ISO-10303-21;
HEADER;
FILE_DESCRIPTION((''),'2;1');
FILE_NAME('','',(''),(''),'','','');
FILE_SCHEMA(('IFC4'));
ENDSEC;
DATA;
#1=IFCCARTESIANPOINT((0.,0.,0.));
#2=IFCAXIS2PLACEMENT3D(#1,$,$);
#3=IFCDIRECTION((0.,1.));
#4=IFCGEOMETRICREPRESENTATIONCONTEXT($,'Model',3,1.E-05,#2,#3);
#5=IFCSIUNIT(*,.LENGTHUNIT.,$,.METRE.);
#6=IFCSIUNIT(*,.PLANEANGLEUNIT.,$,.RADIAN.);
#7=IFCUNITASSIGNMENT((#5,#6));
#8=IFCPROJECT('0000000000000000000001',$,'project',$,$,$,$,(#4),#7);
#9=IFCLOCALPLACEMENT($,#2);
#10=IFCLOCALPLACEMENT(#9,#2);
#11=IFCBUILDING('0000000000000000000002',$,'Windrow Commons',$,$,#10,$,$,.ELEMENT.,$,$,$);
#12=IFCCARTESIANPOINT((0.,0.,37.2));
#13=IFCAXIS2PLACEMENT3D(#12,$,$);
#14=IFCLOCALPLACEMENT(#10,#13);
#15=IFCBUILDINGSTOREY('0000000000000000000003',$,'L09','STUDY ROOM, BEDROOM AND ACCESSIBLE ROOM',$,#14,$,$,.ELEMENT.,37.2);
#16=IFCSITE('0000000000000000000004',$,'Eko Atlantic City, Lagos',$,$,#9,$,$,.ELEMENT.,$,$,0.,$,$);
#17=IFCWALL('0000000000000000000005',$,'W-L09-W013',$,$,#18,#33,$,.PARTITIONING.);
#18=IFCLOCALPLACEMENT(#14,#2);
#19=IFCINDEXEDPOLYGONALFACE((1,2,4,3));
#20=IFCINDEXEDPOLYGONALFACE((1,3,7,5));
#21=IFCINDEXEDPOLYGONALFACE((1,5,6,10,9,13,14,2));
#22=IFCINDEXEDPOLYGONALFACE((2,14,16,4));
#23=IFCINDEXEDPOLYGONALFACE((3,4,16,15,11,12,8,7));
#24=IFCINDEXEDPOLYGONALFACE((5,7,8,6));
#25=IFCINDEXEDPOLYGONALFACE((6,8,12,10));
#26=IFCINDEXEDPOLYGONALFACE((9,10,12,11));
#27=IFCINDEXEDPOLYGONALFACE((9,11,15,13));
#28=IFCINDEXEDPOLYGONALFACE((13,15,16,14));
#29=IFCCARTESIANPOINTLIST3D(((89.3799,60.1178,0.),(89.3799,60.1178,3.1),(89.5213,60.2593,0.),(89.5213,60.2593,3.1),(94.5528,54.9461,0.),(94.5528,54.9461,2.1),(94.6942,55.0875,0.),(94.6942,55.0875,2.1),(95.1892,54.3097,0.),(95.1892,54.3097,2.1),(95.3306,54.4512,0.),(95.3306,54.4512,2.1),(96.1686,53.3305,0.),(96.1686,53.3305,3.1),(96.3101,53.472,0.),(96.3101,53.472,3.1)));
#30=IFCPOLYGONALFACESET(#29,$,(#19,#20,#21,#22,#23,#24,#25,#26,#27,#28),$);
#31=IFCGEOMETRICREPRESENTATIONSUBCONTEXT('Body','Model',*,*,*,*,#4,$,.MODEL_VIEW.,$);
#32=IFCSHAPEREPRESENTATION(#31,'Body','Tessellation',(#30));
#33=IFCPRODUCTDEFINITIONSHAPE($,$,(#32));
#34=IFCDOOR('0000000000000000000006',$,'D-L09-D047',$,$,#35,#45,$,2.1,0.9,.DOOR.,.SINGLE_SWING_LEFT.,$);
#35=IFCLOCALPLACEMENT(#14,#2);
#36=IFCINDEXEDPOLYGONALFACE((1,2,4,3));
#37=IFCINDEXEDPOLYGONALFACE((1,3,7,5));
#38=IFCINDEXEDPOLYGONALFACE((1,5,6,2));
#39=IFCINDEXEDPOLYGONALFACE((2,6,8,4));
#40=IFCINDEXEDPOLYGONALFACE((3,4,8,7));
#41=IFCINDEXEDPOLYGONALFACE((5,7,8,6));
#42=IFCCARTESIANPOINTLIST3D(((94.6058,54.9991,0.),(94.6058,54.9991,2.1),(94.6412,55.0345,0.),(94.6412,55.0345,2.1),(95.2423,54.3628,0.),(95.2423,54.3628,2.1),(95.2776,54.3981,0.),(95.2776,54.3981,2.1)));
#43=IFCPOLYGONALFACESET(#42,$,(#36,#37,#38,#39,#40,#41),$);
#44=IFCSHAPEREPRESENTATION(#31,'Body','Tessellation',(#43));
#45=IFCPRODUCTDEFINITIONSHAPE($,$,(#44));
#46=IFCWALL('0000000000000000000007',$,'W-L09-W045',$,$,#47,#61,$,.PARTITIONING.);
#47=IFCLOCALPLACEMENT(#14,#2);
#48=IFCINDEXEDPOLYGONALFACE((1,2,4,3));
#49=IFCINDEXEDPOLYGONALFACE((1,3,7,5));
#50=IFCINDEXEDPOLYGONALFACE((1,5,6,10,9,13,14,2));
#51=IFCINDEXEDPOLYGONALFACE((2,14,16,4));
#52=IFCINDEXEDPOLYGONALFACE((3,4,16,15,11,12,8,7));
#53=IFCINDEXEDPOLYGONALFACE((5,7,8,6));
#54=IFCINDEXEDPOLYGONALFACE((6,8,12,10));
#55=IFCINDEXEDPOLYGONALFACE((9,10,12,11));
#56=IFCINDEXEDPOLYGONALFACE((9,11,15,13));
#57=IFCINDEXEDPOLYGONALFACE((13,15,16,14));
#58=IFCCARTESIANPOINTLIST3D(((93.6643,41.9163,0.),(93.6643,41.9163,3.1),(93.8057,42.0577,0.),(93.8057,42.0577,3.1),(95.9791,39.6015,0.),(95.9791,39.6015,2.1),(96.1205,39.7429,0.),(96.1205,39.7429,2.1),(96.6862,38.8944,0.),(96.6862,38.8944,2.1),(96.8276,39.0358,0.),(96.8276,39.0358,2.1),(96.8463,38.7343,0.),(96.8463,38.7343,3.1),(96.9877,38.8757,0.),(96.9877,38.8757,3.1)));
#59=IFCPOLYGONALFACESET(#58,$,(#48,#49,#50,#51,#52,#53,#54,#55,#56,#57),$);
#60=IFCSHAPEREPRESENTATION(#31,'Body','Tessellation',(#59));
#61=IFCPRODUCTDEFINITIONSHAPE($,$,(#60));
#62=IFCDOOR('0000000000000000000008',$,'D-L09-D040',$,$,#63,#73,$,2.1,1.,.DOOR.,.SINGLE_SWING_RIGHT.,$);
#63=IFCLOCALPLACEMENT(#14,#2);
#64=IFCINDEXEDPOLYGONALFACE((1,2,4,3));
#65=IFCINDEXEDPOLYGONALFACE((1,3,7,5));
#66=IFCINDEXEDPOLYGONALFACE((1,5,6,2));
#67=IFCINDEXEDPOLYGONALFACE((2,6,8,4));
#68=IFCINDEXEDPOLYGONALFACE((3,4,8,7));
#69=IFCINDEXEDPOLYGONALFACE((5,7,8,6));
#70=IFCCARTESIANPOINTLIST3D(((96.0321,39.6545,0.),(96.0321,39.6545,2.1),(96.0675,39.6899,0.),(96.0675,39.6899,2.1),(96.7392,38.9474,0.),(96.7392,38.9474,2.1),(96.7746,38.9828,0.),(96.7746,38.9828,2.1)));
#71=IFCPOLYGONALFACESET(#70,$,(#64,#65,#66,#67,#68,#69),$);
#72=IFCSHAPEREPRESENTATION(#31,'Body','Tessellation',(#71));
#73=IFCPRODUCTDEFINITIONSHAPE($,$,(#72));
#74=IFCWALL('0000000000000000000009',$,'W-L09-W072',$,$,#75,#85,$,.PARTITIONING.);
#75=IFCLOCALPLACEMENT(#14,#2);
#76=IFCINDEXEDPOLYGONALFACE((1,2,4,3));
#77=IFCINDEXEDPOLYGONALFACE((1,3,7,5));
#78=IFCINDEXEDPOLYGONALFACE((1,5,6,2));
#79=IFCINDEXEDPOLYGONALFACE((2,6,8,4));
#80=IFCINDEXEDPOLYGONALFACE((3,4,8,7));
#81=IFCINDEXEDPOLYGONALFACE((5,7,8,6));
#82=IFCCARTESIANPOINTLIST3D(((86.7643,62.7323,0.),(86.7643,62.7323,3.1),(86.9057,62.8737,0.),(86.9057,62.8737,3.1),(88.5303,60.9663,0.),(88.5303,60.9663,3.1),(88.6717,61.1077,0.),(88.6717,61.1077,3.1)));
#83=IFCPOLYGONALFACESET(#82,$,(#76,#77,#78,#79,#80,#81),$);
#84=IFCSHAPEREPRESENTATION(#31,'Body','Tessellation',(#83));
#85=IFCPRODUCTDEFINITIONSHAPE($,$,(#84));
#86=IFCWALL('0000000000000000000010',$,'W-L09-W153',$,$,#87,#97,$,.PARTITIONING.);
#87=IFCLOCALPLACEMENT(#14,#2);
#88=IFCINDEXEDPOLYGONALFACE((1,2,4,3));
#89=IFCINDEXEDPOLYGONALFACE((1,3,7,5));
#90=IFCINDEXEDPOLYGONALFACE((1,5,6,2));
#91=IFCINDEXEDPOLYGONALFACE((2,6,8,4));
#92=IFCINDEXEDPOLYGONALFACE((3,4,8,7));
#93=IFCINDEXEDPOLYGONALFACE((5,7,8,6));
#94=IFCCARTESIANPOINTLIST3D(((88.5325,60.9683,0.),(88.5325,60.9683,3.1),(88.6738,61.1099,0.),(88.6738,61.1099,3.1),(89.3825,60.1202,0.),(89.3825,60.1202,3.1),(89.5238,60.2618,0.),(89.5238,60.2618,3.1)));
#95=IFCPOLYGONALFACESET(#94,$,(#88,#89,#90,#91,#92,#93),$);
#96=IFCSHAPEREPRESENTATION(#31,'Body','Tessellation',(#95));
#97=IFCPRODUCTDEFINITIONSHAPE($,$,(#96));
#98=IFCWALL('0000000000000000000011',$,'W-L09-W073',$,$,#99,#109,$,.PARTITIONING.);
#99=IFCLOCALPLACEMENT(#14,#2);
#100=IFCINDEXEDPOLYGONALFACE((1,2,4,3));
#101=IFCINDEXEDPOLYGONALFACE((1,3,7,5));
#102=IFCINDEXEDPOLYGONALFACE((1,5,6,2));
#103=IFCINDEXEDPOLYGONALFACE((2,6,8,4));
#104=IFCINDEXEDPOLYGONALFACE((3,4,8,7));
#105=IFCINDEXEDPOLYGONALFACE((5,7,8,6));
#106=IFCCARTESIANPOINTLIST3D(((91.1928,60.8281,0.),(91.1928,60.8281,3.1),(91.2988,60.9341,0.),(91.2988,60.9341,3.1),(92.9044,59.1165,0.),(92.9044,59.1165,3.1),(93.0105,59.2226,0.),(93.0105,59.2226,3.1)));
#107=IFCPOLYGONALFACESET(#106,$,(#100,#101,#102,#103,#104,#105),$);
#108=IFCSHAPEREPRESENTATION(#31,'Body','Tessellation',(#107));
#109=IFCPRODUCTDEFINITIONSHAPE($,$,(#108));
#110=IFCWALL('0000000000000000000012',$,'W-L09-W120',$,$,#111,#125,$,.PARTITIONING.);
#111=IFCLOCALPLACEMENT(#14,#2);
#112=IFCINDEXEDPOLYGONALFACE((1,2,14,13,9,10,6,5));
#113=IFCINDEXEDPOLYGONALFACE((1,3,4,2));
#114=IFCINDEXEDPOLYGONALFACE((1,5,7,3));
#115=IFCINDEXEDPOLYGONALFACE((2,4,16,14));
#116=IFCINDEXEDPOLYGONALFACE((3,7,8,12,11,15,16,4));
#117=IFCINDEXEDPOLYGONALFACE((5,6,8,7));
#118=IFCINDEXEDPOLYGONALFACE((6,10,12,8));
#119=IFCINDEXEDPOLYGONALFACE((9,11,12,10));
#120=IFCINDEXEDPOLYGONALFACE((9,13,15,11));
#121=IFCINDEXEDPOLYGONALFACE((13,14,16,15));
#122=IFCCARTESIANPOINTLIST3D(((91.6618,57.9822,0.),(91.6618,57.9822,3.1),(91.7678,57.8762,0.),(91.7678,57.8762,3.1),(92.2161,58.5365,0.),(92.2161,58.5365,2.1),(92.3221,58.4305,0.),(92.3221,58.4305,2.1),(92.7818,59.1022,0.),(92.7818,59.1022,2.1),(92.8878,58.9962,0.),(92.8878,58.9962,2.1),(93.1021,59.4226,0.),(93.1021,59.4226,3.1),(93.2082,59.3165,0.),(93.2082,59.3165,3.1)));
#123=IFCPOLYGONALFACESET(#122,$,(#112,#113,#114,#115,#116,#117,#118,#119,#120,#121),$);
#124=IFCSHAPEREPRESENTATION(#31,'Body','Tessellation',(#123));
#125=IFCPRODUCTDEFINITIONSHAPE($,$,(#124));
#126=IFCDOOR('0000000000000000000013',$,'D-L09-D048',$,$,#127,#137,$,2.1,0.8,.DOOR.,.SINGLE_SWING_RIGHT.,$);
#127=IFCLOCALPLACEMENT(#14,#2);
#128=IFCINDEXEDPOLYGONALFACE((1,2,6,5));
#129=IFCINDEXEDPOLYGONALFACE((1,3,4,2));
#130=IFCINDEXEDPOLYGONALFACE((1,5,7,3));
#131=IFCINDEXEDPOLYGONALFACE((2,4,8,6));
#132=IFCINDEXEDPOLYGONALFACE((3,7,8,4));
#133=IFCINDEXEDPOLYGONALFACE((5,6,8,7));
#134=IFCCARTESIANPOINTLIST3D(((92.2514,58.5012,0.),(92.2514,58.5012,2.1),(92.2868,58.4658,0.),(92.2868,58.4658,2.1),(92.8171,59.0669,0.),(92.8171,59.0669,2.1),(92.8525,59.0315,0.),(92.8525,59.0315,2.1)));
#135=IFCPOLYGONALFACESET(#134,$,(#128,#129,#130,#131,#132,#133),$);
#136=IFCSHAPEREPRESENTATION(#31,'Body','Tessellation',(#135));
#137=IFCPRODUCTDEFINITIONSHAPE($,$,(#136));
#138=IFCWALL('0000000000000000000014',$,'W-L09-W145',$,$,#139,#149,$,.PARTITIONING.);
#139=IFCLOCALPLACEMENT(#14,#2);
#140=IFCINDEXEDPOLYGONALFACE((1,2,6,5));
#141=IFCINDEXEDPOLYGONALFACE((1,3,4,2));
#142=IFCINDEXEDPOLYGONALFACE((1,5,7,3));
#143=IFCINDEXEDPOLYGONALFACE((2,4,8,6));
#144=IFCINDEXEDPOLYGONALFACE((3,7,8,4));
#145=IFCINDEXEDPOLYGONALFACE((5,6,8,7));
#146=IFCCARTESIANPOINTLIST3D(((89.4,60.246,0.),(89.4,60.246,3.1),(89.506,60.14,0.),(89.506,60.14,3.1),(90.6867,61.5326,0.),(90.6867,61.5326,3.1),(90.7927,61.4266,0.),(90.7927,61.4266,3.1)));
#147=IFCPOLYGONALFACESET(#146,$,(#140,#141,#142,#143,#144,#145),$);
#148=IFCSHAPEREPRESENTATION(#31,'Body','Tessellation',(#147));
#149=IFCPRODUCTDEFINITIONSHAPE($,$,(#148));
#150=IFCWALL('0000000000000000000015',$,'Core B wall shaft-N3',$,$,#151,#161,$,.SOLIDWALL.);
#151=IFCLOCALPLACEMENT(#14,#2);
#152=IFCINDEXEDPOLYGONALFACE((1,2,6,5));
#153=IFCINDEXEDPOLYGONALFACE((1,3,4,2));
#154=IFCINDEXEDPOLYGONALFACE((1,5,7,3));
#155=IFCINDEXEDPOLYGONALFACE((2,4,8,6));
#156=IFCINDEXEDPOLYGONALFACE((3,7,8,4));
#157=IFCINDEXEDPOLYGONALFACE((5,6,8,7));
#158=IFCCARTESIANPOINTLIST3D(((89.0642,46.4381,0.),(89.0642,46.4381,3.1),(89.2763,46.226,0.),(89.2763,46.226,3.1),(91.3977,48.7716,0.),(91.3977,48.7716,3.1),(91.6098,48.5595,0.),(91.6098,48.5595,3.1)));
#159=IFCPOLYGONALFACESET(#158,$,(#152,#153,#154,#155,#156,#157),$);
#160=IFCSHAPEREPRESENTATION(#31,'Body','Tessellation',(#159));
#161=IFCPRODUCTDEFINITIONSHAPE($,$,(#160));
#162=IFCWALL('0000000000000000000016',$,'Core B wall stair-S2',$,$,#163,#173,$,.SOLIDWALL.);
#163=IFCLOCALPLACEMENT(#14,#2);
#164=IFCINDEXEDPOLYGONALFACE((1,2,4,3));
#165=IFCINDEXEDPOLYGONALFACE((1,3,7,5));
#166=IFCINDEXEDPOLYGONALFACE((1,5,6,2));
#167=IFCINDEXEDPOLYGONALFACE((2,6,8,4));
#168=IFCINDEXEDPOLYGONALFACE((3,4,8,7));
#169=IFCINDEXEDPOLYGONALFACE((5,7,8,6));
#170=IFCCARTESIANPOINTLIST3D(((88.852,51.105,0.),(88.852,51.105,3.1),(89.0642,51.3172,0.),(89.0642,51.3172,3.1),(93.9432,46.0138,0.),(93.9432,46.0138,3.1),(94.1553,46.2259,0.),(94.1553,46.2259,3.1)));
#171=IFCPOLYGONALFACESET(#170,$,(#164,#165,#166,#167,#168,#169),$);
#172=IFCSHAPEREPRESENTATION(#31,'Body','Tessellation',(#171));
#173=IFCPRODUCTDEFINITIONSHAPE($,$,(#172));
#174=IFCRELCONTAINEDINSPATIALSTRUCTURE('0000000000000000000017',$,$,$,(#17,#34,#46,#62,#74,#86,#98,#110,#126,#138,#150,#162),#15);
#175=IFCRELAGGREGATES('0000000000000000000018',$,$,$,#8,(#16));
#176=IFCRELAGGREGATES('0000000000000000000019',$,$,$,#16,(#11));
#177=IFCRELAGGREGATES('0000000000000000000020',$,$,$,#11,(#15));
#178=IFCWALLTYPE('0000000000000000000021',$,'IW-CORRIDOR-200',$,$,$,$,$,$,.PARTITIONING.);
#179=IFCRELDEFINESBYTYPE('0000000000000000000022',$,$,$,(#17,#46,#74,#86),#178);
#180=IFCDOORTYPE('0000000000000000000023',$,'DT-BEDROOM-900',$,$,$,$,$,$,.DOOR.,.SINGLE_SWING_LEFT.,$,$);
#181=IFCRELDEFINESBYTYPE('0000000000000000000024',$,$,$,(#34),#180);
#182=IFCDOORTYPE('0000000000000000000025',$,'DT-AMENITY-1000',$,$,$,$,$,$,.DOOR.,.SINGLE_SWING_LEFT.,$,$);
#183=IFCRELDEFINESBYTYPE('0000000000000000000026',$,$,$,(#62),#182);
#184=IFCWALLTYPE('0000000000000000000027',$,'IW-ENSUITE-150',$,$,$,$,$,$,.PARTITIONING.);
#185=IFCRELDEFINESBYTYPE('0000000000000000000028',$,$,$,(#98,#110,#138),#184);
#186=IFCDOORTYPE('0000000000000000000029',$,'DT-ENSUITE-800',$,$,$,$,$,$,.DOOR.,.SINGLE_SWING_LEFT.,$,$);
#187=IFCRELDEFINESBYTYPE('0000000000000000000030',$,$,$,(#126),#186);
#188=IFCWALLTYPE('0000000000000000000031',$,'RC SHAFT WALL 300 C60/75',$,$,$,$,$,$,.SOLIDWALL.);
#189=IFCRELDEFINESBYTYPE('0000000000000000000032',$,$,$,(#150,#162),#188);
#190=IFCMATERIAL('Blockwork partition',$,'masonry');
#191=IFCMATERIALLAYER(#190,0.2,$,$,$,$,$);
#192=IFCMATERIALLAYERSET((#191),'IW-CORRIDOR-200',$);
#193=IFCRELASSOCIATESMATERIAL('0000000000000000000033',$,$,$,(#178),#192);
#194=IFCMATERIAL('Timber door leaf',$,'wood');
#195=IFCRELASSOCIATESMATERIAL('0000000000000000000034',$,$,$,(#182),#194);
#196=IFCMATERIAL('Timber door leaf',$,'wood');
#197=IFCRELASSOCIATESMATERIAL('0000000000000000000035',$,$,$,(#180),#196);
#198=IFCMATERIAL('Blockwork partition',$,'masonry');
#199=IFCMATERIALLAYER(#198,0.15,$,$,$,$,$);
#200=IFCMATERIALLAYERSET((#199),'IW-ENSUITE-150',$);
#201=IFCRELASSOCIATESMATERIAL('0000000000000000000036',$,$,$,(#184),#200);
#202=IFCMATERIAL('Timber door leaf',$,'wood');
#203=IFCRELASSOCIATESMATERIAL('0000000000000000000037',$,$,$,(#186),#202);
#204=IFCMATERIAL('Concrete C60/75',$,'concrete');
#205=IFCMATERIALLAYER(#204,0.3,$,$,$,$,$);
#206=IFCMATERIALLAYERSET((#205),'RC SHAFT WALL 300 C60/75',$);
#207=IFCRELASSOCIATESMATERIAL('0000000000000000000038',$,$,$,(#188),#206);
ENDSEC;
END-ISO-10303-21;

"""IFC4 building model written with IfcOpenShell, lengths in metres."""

from ifc_helpers import new_model, si_unit, direction, frame, frame_2d, origin, place, context, subcontext, project, spatial, rectangle, extrude, material, layer, layer_set, type_object, element, fill, save


model = new_model("IFC4")

# Units and contexts
model_context = context("Model", 3, precision=1e-05, world=origin(), true_north=direction((0.0, 1.0)))
body_context = subcontext(model_context, "Body", "Model", "MODEL_VIEW")
ifc_project = project(units=[si_unit("LENGTHUNIT", "METRE"), si_unit("PLANEANGLEUNIT", "RADIAN")], contexts=[model_context])

# Site, building, storey
site_placement = place(None, origin())
site = spatial("IfcSite", under=ifc_project, at=site_placement, Name="Eko Atlantic City, Lagos", CompositionType="ELEMENT", RefElevation=0.0)
building_placement = place(site_placement, origin())
building = spatial("IfcBuilding", under=site, at=building_placement, Name="Windrow Commons", CompositionType="ELEMENT")
storey_placement = place(building_placement, frame((0.0, 0.0, 37.2)))
storey = spatial("IfcBuildingStorey", under=building, at=storey_placement, Name="L09", Description="STUDY ROOM, BEDROOM AND ACCESSIBLE ROOM", CompositionType="ELEMENT", Elevation=37.2)

# Walls, openings, doors
ifc_material_1 = material(Name="Blockwork partition", Category="masonry")
ifc_layer_1 = layer(ifc_material_1, 0.2)
ifc_layer_set_1 = layer_set([ifc_layer_1], Name="IW-CORRIDOR-200")
wall_type_1 = type_object("IfcWallType", Name="IW-CORRIDOR-200", PredefinedType="PARTITIONING", material=ifc_layer_set_1)
ifc_material_2 = material(Name="Timber door leaf", Category="wood")
door_type_1 = type_object("IfcDoorType", Name="DT-AMENITY-1000", OperationType="SINGLE_SWING_LEFT", PredefinedType="DOOR", material=ifc_material_2)
wall_1_placement = place(storey_placement, frame((89.4506, 60.1886, 0.0), z_axis=(0.0, 0.0, 1.0), x_axis=(0.70718, -0.707034, 0.0)))
wall_1 = element("IfcWall", 1, at=wall_1_placement, inside=storey, type_object=wall_type_1, Name="W-L09-W013", PredefinedType="PARTITIONING", context=body_context, shape_type="SweptSolid", body=[
    extrude(rectangle(XDim=9.5997, YDim=0.2, at=frame_2d((4.7999, 0.0))), origin(), (0.0, 0.0, 1.0), 3.1),
])
opening_1_placement = place(wall_1_placement, frame((7.3148, 0.0, 0.0)))
opening_1 = element("IfcOpeningElement", 2, at=opening_1_placement, cuts=wall_1, PredefinedType="OPENING", context=body_context, shape_type="SweptSolid", body=[
    extrude(rectangle(XDim=0.9, YDim=2.1, at=frame_2d((0.45, 1.05))), frame((0.0, 0.11, 0.0), z_axis=(0.0, -1.0, 0.0), x_axis=(1.0, 0.0, 0.0)), (0.0, 0.0, 1.0), 0.22),
])
ifc_material_3 = material(Name="Timber door leaf", Category="wood")
door_type_2 = type_object("IfcDoorType", Name="DT-BEDROOM-900", OperationType="SINGLE_SWING_LEFT", PredefinedType="DOOR", material=ifc_material_3)
door_1_placement = place(opening_1_placement, origin())
door_1 = element("IfcDoor", 3, at=door_1_placement, inside=storey, type_object=door_type_2, Name="D-L09-D047", OperationType="SINGLE_SWING_LEFT", OverallHeight=2.1, OverallWidth=0.9, PredefinedType="DOOR", context=body_context, shape_type="SweptSolid", body=[
    extrude(rectangle(XDim=0.9, YDim=2.1, at=frame_2d((0.45, 1.05))), frame((0.0, 0.025, 0.0), z_axis=(0.0, -1.0, 0.0), x_axis=(1.0, 0.0, 0.0)), (0.0, 0.0, 1.0), 0.05),
])
fill(opening_1, door_1)
wall_2_placement = place(storey_placement, frame((93.735, 41.987, 0.0), z_axis=(0.0, 0.0, 1.0), x_axis=(0.707107, -0.707107, 0.0)))
wall_2 = element("IfcWall", 4, at=wall_2_placement, inside=storey, type_object=wall_type_1, Name="W-L09-W045", PredefinedType="PARTITIONING", context=body_context, shape_type="SweptSolid", body=[
    extrude(rectangle(XDim=4.5, YDim=0.2, at=frame_2d((2.25, 0.0))), origin(), (0.0, 0.0, 1.0), 3.1),
])
opening_2_placement = place(wall_2_placement, frame((3.2736, 0.0, 0.0)))
opening_2 = element("IfcOpeningElement", 5, at=opening_2_placement, cuts=wall_2, PredefinedType="OPENING", context=body_context, shape_type="SweptSolid", body=[
    extrude(rectangle(XDim=1.0, YDim=2.1, at=frame_2d((0.5, 1.05))), frame((0.0, 0.11, 0.0), z_axis=(0.0, -1.0, 0.0), x_axis=(1.0, 0.0, 0.0)), (0.0, 0.0, 1.0), 0.22),
])
door_2_placement = place(opening_2_placement, origin())
door_2 = element("IfcDoor", 6, at=door_2_placement, inside=storey, type_object=door_type_1, Name="D-L09-D040", OperationType="SINGLE_SWING_RIGHT", OverallHeight=2.1, OverallWidth=1.0, PredefinedType="DOOR", context=body_context, shape_type="SweptSolid", body=[
    extrude(rectangle(XDim=1.0, YDim=2.1, at=frame_2d((0.5, 1.05))), frame((0.0, 0.025, 0.0), z_axis=(0.0, -1.0, 0.0), x_axis=(1.0, 0.0, 0.0)), (0.0, 0.0, 1.0), 0.05),
])
fill(opening_2, door_2)

# Walls
wall_3_placement = place(storey_placement, frame((86.835, 62.803, 0.0), z_axis=(0.0, 0.0, 1.0), x_axis=(0.707107, -0.707107, 0.0)))
element("IfcWall", 7, at=wall_3_placement, inside=storey, type_object=wall_type_1, Name="W-L09-W072", PredefinedType="PARTITIONING", context=body_context, shape_type="SweptSolid", body=[
    extrude(rectangle(XDim=2.4975, YDim=0.2, at=frame_2d((1.2488, 0.0))), origin(), (0.0, 0.0, 1.0), 3.1),
])
wall_4_placement = place(storey_placement, frame((88.6031, 61.0391, 0.0), z_axis=(0.0, 0.0, 1.0), x_axis=(0.707939, -0.706273, 0.0)))
element("IfcWall", 8, at=wall_4_placement, inside=storey, type_object=wall_type_1, Name="W-L09-W153", PredefinedType="PARTITIONING", context=body_context, shape_type="SweptSolid", body=[
    extrude(rectangle(XDim=1.2007, YDim=0.2, at=frame_2d((0.6004, 0.0))), origin(), (0.0, 0.0, 1.0), 3.1),
])
ifc_material_4 = material(Name="Blockwork partition", Category="masonry")
ifc_layer_2 = layer(ifc_material_4, 0.15)
ifc_layer_set_2 = layer_set([ifc_layer_2], Name="IW-ENSUITE-150")
wall_type_2 = type_object("IfcWallType", Name="IW-ENSUITE-150", PredefinedType="PARTITIONING", material=ifc_layer_set_2)
wall_5_placement = place(storey_placement, frame((91.2458, 60.8811, 0.0), z_axis=(0.0, 0.0, 1.0), x_axis=(0.707127, -0.707086, 0.0)))
element("IfcWall", 9, at=wall_5_placement, inside=storey, type_object=wall_type_2, Name="W-L09-W073", PredefinedType="PARTITIONING", context=body_context, shape_type="SweptSolid", body=[
    extrude(rectangle(XDim=2.4206, YDim=0.15, at=frame_2d((1.2103, 0.0))), origin(), (0.0, 0.0, 1.0), 3.1),
])

# Wall, opening, door
wall_6_placement = place(storey_placement, frame((91.7148, 57.9292, 0.0), z_axis=(0.0, 0.0, 1.0), x_axis=(0.707107, 0.707107, 0.0)))
wall_6 = element("IfcWall", 10, at=wall_6_placement, inside=storey, type_object=wall_type_2, Name="W-L09-W120", PredefinedType="PARTITIONING", context=body_context, shape_type="SweptSolid", body=[
    extrude(rectangle(XDim=2.037, YDim=0.15, at=frame_2d((1.0185, 0.0))), origin(), (0.0, 0.0, 1.0), 3.1),
])
opening_3_placement = place(wall_6_placement, frame((0.7839, 0.0, 0.0)))
opening_3 = element("IfcOpeningElement", 11, at=opening_3_placement, cuts=wall_6, PredefinedType="OPENING", context=body_context, shape_type="SweptSolid", body=[
    extrude(rectangle(XDim=0.8, YDim=2.1, at=frame_2d((0.4, 1.05))), frame((0.0, 0.085, 0.0), z_axis=(0.0, -1.0, 0.0), x_axis=(1.0, 0.0, 0.0)), (0.0, 0.0, 1.0), 0.17),
])
ifc_material_5 = material(Name="Timber door leaf", Category="wood")
door_type_3 = type_object("IfcDoorType", Name="DT-ENSUITE-800", OperationType="SINGLE_SWING_LEFT", PredefinedType="DOOR", material=ifc_material_5)
door_3_placement = place(opening_3_placement, origin())
door_3 = element("IfcDoor", 12, at=door_3_placement, inside=storey, type_object=door_type_3, Name="D-L09-D048", OperationType="SINGLE_SWING_RIGHT", OverallHeight=2.1, OverallWidth=0.8, PredefinedType="DOOR", context=body_context, shape_type="SweptSolid", body=[
    extrude(rectangle(XDim=0.8, YDim=2.1, at=frame_2d((0.4, 1.05))), frame((0.0, 0.025, 0.0), z_axis=(0.0, -1.0, 0.0), x_axis=(1.0, 0.0, 0.0)), (0.0, 0.0, 1.0), 0.05),
])
fill(opening_3, door_3)

# Walls
wall_7_placement = place(storey_placement, frame((89.453, 60.193, 0.0), z_axis=(0.0, 0.0, 1.0), x_axis=(0.707134, 0.707079, 0.0)))
element("IfcWall", 13, at=wall_7_placement, inside=storey, type_object=wall_type_2, Name="W-L09-W145", PredefinedType="PARTITIONING", context=body_context, shape_type="SweptSolid", body=[
    extrude(rectangle(XDim=1.8196, YDim=0.15, at=frame_2d((0.9098, 0.0))), origin(), (0.0, 0.0, 1.0), 3.1),
])
ifc_material_6 = material(Name="Concrete C60/75", Category="concrete")
ifc_layer_3 = layer(ifc_material_6, 0.3)
ifc_layer_set_3 = layer_set([ifc_layer_3], Name="RC SHAFT WALL 300 C60/75")
wall_type_3 = type_object("IfcWallType", Name="RC SHAFT WALL 300 C60/75", PredefinedType="SOLIDWALL", material=ifc_layer_set_3)
wall_8_placement = place(storey_placement, frame((89.1702, 46.332, 0.0), z_axis=(0.0, 0.0, 1.0), x_axis=(0.707107, 0.707107, 0.0)))
element("IfcWall", 14, at=wall_8_placement, inside=storey, type_object=wall_type_3, Name="Core B wall shaft-N3", PredefinedType="SOLIDWALL", context=body_context, shape_type="SweptSolid", body=[
    extrude(rectangle(XDim=3.3001, YDim=0.3, at=frame_2d((1.6501, 0.0))), origin(), (0.0, 0.0, 1.0), 3.1),
])
wall_9_placement = place(storey_placement, frame((88.9581, 51.2111, 0.0), z_axis=(0.0, 0.0, 1.0), x_axis=(0.7071, -0.707114, 0.0)))
element("IfcWall", 15, at=wall_9_placement, inside=storey, type_object=wall_type_3, Name="Core B wall stair-S2", PredefinedType="SOLIDWALL", context=body_context, shape_type="SweptSolid", body=[
    extrude(rectangle(XDim=7.2, YDim=0.3, at=frame_2d((3.6, 0.0))), origin(), (0.0, 0.0, 1.0), 3.1),
])

save(model, "model.ifc")
